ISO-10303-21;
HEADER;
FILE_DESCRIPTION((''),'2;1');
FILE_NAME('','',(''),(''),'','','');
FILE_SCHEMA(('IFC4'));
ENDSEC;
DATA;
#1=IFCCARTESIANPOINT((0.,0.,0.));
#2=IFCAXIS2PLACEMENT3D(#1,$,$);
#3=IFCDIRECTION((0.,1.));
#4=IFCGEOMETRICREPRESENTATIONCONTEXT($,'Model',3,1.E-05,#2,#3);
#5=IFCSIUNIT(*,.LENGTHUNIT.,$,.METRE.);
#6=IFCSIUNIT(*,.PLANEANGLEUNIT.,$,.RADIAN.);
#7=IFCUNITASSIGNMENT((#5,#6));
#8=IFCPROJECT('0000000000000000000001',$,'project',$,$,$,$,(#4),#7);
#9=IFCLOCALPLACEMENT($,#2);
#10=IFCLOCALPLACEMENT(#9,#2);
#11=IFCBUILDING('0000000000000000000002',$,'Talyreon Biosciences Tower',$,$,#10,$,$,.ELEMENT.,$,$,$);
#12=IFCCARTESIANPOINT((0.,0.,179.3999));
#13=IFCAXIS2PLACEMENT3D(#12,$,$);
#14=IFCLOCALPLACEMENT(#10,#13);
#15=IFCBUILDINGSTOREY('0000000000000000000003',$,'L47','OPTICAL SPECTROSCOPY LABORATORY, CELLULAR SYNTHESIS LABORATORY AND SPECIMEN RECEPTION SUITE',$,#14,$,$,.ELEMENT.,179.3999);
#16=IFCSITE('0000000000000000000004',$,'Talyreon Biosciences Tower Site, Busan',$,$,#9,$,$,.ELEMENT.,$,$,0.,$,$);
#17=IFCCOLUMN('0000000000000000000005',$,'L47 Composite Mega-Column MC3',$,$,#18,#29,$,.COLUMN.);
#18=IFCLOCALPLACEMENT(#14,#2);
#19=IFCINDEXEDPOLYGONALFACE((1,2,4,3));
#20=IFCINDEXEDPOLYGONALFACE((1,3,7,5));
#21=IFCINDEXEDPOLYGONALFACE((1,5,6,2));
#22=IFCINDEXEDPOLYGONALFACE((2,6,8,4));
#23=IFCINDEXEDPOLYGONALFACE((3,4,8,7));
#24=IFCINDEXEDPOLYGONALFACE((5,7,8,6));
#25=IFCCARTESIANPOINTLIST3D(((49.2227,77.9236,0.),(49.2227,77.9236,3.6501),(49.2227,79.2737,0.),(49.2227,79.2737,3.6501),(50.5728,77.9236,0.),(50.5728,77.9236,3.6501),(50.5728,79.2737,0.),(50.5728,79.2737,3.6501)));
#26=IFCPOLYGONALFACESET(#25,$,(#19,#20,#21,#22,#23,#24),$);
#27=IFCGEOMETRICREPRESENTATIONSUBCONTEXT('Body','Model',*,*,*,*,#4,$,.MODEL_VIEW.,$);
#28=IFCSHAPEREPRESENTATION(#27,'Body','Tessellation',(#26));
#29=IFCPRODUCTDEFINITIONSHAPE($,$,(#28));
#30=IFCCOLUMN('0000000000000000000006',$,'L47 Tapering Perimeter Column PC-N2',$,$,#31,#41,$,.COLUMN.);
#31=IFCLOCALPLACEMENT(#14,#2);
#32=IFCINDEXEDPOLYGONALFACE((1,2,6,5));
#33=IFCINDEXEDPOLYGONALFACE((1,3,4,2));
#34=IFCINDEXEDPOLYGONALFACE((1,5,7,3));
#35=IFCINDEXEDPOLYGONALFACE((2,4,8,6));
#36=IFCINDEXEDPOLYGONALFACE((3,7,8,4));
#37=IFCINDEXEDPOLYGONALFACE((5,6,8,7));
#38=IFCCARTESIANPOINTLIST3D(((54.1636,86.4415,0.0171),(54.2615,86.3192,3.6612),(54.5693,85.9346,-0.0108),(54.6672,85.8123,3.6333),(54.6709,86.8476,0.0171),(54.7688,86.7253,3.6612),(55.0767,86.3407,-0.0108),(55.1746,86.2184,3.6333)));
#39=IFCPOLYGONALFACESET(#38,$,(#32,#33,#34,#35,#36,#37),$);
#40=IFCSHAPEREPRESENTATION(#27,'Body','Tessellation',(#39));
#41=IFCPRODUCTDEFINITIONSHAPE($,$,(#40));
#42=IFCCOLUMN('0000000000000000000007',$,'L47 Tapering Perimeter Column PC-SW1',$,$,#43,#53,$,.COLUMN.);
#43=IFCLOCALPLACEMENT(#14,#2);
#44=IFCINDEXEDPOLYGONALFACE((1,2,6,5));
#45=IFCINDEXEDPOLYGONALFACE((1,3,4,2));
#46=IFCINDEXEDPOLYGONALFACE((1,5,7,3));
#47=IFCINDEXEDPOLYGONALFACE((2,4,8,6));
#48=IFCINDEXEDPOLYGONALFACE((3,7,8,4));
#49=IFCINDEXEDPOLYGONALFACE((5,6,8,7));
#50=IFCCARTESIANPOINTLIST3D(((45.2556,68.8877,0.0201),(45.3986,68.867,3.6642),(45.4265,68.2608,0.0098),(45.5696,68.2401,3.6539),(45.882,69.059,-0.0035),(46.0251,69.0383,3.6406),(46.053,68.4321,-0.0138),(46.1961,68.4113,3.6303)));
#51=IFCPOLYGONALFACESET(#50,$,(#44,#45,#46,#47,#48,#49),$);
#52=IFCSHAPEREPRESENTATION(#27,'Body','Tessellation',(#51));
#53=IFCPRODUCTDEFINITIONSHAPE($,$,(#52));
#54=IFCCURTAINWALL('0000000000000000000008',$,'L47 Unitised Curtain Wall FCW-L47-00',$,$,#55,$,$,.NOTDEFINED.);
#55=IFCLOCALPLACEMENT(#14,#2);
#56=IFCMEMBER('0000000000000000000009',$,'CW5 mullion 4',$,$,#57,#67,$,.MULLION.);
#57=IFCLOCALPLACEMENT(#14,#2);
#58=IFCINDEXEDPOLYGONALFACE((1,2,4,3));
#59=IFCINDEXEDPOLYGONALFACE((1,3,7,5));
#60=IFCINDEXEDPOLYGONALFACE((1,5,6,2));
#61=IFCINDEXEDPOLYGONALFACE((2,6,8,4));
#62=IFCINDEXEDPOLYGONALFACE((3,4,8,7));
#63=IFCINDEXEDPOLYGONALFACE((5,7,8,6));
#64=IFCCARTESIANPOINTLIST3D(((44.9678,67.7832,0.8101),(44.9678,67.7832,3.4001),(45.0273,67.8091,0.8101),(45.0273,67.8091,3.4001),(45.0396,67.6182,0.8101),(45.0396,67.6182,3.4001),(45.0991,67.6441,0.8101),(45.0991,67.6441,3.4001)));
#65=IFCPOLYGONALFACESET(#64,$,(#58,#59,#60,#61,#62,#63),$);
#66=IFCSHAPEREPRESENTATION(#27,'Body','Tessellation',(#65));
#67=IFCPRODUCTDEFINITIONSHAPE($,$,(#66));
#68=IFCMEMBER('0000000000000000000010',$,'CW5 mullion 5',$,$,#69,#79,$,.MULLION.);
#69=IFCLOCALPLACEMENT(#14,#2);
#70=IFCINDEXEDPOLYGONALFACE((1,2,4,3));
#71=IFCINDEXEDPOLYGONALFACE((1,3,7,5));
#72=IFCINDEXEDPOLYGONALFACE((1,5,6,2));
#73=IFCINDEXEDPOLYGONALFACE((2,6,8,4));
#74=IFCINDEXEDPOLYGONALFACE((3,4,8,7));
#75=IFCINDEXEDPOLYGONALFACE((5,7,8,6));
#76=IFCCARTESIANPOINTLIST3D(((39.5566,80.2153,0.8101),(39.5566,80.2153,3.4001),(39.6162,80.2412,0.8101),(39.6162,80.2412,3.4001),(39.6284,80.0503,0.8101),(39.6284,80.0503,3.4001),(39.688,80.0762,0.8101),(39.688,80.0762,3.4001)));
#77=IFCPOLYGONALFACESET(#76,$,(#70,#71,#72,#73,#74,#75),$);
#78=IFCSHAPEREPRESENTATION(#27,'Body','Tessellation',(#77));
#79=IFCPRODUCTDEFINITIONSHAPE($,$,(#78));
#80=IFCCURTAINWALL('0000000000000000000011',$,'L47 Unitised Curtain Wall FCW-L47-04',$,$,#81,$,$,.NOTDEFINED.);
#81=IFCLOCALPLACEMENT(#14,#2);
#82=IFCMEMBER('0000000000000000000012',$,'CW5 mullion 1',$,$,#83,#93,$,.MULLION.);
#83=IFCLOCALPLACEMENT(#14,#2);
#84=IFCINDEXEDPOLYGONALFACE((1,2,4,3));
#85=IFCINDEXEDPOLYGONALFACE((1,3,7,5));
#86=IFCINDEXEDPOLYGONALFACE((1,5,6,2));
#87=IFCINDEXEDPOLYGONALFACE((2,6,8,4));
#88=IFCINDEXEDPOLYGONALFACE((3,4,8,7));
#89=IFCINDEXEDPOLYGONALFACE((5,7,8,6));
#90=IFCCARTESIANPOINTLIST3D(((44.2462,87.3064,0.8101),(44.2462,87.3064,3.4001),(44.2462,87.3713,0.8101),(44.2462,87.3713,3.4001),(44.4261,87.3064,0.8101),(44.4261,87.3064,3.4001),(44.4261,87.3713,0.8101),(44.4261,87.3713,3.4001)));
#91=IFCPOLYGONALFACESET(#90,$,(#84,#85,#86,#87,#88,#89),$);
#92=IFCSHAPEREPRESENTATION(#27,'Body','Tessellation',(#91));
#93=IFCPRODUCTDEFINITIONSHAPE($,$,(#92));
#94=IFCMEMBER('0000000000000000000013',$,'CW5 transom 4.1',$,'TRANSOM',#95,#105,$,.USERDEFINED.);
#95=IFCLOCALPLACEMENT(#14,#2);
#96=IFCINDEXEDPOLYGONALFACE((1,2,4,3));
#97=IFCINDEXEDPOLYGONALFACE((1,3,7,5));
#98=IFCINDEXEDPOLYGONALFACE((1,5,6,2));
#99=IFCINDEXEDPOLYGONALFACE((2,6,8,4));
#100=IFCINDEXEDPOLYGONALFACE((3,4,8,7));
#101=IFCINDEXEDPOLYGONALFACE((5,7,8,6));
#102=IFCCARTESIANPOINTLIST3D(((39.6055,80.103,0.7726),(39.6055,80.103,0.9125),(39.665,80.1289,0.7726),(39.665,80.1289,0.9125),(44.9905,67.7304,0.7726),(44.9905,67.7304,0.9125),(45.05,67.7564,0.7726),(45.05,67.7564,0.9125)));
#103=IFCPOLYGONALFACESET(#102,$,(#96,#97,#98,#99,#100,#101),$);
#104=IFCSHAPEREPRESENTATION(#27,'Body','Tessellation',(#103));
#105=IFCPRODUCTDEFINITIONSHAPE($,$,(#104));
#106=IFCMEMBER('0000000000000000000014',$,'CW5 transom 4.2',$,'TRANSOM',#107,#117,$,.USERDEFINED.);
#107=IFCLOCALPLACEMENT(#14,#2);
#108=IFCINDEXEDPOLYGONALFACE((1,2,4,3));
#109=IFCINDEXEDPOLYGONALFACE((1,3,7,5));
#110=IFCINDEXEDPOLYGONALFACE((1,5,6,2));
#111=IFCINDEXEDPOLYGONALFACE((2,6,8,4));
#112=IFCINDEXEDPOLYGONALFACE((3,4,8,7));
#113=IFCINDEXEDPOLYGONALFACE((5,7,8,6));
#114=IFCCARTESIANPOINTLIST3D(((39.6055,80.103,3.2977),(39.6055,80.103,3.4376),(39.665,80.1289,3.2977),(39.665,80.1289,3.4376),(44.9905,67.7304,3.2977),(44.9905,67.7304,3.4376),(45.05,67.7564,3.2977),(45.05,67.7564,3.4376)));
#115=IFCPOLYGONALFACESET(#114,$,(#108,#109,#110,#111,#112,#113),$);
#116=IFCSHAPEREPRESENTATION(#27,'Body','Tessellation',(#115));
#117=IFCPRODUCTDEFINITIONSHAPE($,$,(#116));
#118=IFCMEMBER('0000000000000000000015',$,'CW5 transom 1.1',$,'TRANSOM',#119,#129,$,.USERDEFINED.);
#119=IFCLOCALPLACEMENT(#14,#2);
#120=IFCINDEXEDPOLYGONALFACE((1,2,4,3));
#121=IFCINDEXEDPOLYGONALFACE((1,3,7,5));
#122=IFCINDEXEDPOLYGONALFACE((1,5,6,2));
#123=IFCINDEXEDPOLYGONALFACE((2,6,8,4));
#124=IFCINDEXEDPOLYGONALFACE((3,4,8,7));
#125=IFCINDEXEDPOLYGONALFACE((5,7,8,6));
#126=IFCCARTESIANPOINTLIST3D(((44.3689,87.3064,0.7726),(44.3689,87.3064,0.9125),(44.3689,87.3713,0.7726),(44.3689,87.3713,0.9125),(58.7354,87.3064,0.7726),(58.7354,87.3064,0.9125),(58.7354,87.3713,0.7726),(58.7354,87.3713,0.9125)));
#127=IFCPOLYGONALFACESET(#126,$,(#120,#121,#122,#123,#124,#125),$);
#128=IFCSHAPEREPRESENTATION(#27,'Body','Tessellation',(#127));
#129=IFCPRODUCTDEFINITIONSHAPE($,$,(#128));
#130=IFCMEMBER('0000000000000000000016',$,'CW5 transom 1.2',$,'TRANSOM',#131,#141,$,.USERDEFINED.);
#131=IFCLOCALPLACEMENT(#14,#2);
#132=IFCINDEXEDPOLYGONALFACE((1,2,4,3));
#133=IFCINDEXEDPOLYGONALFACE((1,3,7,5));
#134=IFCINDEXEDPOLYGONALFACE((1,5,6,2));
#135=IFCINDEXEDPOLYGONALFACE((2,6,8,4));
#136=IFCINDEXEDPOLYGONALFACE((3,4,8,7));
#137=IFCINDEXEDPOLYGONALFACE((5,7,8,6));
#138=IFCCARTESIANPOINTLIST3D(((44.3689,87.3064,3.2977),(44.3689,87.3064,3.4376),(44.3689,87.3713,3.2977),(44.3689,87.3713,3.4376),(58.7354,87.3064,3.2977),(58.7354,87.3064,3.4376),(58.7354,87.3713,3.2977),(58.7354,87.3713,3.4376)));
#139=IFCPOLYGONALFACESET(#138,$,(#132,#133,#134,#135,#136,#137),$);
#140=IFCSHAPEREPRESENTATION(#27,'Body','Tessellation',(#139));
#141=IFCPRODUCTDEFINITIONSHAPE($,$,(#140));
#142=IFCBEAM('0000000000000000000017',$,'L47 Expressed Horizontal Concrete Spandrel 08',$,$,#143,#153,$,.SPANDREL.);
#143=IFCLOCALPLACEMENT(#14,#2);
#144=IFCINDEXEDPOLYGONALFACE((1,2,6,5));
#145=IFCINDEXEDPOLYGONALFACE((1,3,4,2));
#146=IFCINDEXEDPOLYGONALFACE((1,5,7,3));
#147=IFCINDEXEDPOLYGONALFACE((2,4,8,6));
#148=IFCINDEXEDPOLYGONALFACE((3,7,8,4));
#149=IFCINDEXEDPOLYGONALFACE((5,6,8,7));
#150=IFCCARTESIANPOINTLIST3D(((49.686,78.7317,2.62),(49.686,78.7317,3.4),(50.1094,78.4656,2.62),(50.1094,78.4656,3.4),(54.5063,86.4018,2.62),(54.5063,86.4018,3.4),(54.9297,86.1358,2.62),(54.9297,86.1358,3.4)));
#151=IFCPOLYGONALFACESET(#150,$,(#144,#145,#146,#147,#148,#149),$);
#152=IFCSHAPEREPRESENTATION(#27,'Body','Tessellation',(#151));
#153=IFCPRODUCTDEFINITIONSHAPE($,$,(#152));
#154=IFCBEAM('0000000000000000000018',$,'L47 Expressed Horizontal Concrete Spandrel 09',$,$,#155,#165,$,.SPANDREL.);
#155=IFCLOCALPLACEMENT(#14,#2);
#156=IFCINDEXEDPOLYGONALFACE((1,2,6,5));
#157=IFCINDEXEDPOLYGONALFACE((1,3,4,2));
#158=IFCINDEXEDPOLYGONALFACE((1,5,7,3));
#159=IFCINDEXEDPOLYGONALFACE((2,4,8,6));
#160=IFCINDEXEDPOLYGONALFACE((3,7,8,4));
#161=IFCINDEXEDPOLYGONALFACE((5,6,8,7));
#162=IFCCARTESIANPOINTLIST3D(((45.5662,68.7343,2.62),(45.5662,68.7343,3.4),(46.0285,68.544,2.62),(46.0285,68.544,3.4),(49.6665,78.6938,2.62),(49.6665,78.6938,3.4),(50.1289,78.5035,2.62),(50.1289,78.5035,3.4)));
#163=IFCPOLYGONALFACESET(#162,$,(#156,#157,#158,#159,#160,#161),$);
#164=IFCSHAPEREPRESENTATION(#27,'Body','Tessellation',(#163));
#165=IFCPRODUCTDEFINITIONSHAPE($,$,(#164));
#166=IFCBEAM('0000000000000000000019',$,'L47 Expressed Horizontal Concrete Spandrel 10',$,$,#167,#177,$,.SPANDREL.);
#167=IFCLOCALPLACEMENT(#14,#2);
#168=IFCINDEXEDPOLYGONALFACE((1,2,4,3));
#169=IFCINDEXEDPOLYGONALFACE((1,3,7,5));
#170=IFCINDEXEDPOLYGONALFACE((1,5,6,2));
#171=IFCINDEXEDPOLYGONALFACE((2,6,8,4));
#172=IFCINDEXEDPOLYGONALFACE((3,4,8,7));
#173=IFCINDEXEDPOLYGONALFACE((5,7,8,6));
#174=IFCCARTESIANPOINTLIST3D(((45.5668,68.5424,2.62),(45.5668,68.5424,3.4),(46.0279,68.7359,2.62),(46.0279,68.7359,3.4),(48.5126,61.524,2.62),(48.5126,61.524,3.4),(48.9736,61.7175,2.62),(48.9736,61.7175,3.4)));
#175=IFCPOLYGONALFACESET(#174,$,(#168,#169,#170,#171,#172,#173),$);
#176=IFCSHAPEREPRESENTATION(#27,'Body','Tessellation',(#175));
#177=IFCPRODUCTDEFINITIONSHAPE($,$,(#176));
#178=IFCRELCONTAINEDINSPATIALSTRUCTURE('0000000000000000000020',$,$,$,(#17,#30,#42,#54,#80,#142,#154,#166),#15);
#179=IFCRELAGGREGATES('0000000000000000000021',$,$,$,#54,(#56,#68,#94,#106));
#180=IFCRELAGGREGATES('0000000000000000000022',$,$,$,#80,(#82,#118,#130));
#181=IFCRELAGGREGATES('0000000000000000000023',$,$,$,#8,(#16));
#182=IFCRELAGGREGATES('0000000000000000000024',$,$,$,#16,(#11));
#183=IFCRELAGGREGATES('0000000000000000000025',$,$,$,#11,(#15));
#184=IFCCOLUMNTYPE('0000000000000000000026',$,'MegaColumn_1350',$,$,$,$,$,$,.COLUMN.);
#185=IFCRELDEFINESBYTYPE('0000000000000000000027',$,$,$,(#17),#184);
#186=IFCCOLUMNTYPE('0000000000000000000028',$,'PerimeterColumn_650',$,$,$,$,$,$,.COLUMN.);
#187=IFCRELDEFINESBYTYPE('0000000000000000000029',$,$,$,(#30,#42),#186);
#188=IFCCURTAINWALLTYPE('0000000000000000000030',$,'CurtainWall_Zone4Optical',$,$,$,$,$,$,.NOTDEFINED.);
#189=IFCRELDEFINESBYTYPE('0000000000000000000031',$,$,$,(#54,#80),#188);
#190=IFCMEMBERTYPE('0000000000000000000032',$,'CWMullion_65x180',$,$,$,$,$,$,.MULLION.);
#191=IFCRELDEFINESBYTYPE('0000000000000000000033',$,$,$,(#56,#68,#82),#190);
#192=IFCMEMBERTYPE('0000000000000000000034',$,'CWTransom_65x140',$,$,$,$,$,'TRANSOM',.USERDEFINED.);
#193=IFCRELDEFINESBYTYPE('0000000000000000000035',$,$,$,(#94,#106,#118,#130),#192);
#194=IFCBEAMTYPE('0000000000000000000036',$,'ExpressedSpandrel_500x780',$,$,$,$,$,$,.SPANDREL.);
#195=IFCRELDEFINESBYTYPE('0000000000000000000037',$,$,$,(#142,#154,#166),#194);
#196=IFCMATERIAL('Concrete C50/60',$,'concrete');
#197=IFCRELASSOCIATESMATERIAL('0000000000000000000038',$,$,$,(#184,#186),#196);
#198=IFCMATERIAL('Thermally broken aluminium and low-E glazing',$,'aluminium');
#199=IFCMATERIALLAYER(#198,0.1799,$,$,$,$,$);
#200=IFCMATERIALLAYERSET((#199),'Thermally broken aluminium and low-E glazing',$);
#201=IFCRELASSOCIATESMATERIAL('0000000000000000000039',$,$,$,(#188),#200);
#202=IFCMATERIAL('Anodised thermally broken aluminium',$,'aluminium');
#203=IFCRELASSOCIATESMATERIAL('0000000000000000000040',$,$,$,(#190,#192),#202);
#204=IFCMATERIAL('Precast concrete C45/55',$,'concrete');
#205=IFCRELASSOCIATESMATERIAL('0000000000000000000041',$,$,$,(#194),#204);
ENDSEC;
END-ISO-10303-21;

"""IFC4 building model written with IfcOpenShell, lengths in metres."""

from ifc_helpers import new_model, si_unit, direction, frame, origin, origin_2d, place, context, subcontext, project, spatial, rectangle, extrude, material, layer, layer_set, material_profile, profile_set, type_object, element, aggregate, save


model = new_model("IFC4")

# Units and contexts
model_context = context("Model", 3, precision=1e-05, world=origin(), true_north=direction((0.0, 1.0)))
body_context = subcontext(model_context, "Body", "Model", "MODEL_VIEW")
ifc_project = project(units=[si_unit("LENGTHUNIT", "METRE"), si_unit("PLANEANGLEUNIT", "RADIAN")], contexts=[model_context])

# Site, building, storey
site_placement = place(None, origin())
site = spatial("IfcSite", under=ifc_project, at=site_placement, Name="Talyreon Biosciences Tower Site, Busan", CompositionType="ELEMENT", RefElevation=0.0)
building_placement = place(site_placement, origin())
building = spatial("IfcBuilding", under=site, at=building_placement, Name="Talyreon Biosciences Tower", CompositionType="ELEMENT")
storey_placement = place(building_placement, frame((0.0, 0.0, 179.3999)))
storey = spatial("IfcBuildingStorey", under=building, at=storey_placement, Name="L47", Description="OPTICAL SPECTROSCOPY LABORATORY, CELLULAR SYNTHESIS LABORATORY AND SPECIMEN RECEPTION SUITE", CompositionType="ELEMENT", Elevation=179.3999)

# Columns
ifc_material_1 = material(Name="Concrete C50/60", Category="concrete")
ifc_material_profile_1 = material_profile(ifc_material_1, rectangle(XDim=1.3501, YDim=1.3501, at=origin_2d()), Name="RC 1350x1350")
ifc_profile_set_1 = profile_set([ifc_material_profile_1], Name="Concrete C50/60")
column_type_1 = type_object("IfcColumnType", Name="MegaColumn_1350", PredefinedType="COLUMN", material=ifc_profile_set_1)
column_1_placement = place(storey_placement, frame((49.8977, 78.5986, 0.0), z_axis=(0.0, 0.0, 1.0), x_axis=(1.0, 0.0, 0.0)))
element("IfcColumn", 1, at=column_1_placement, inside=storey, type_object=column_type_1, Name="L47 Composite Mega-Column MC3", PredefinedType="COLUMN", context=body_context, shape_type="SweptSolid", body=[
    extrude(rectangle(XDim=1.3501, YDim=1.3501, at=origin_2d()), origin(), (0.0, 0.0, 1.0), 3.6501),
])
ifc_material_profile_2 = material_profile(ifc_material_1, rectangle(XDim=0.6499, YDim=0.6499, at=origin_2d()), Name="RC 650x650")
ifc_profile_set_2 = profile_set([ifc_material_profile_2], Name="Concrete C50/60")
column_type_2 = type_object("IfcColumnType", Name="PerimeterColumn_650", PredefinedType="COLUMN", material=ifc_profile_set_2)
column_2_placement = place(storey_placement, frame((54.6201, 86.3911, 0.0032), z_axis=(0.026841, -0.033535, 0.999077), x_axis=(-0.780717, -0.624885, 0.0)))
element("IfcColumn", 2, at=column_2_placement, inside=storey, type_object=column_type_2, Name="L47 Tapering Perimeter Column PC-N2", PredefinedType="COLUMN", context=body_context, shape_type="SweptSolid", body=[
    extrude(rectangle(XDim=0.6499, YDim=0.6499, at=origin_2d()), origin(), (0.0, 0.0, 1.0), 3.6475),
])
column_3_placement = place(storey_placement, frame((45.6543, 68.6599, 0.0032), z_axis=(0.039229, -0.00569, 0.999214), x_axis=(0.96397, 0.263518, -0.036345)))
element("IfcColumn", 3, at=column_3_placement, inside=storey, type_object=column_type_2, Name="L47 Tapering Perimeter Column PC-SW1", PredefinedType="COLUMN", context=body_context, shape_type="SweptSolid", body=[
    extrude(rectangle(XDim=0.6499, YDim=0.6499, at=origin_2d()), origin(), (0.0, 0.0, 1.0), 3.647),
])

# Curtain wall, members
ifc_material_2 = material(Name="Thermally broken aluminium and low-E glazing", Category="aluminium")
ifc_layer_1 = layer(ifc_material_2, 0.1799)
ifc_layer_set_1 = layer_set([ifc_layer_1], Name="Thermally broken aluminium and low-E glazing")
curtain_wall_type = type_object("IfcCurtainWallType", Name="CurtainWall_Zone4Optical", PredefinedType="NOTDEFINED", material=ifc_layer_set_1)
curtain_wall_1_placement = place(storey_placement, origin())
curtain_wall_1 = element("IfcCurtainWall", 4, at=curtain_wall_1_placement, inside=storey, type_object=curtain_wall_type, Name="L47 Unitised Curtain Wall FCW-L47-00", PredefinedType="NOTDEFINED")
ifc_material_3 = material(Name="Anodised thermally broken aluminium", Category="aluminium")
ifc_material_profile_3 = material_profile(ifc_material_3, rectangle(XDim=0.0649, YDim=0.1799, at=origin_2d()), Name="ALUM MULLION 65x180")
ifc_profile_set_3 = profile_set([ifc_material_profile_3], Name="Anodised thermally broken aluminium")
member_type_1 = type_object("IfcMemberType", Name="CWMullion_65x180", PredefinedType="MULLION", material=ifc_profile_set_3)
member_1_placement = place(storey_placement, frame((45.0334, 67.7136, 0.8101), z_axis=(0.0, 0.0, 1.0), x_axis=(-0.916912, -0.399089, 0.0)))
member_1 = element("IfcMember", 5, at=member_1_placement, type_object=member_type_1, Name="CW5 mullion 4", PredefinedType="MULLION", context=body_context, shape_type="SweptSolid", body=[
    extrude(rectangle(XDim=0.0649, YDim=0.1799, at=origin_2d()), origin(), (0.0, 0.0, 1.0), 2.5901),
])
member_2_placement = place(storey_placement, frame((39.6223, 80.1458, 0.8101), z_axis=(0.0, 0.0, 1.0), x_axis=(-0.916912, -0.399089, 0.0)))
member_2 = element("IfcMember", 6, at=member_2_placement, type_object=member_type_1, Name="CW5 mullion 5", PredefinedType="MULLION", context=body_context, shape_type="SweptSolid", body=[
    extrude(rectangle(XDim=0.0649, YDim=0.1799, at=origin_2d()), origin(), (0.0, 0.0, 1.0), 2.5901),
])

# Curtain wall, member
curtain_wall_2_placement = place(storey_placement, origin())
curtain_wall_2 = element("IfcCurtainWall", 7, at=curtain_wall_2_placement, inside=storey, type_object=curtain_wall_type, Name="L47 Unitised Curtain Wall FCW-L47-04", PredefinedType="NOTDEFINED")
member_3_placement = place(storey_placement, frame((44.3362, 87.3389, 0.8101), z_axis=(0.0, 0.0, 1.0), x_axis=(0.0, 1.0, 0.0)))
member_3 = element("IfcMember", 8, at=member_3_placement, type_object=member_type_1, Name="CW5 mullion 1", PredefinedType="MULLION", context=body_context, shape_type="SweptSolid", body=[
    extrude(rectangle(XDim=0.0649, YDim=0.1799, at=origin_2d()), origin(), (0.0, 0.0, 1.0), 2.5901),
])

# Members
ifc_material_profile_4 = material_profile(ifc_material_3, rectangle(XDim=0.0649, YDim=0.1399, at=origin_2d()), Name="ALUM TRANSOM 65x140")
ifc_profile_set_4 = profile_set([ifc_material_profile_4], Name="Anodised thermally broken aluminium")
member_type_2 = type_object("IfcMemberType", Name="CWTransom_65x140", ElementType="TRANSOM", PredefinedType="USERDEFINED", material=ifc_profile_set_4)
member_4_placement = place(storey_placement, frame((45.0203, 67.7434, 0.8425), z_axis=(-0.399077, 0.916917, 0.0), x_axis=(-0.916917, -0.399077, 0.0)))
member_4 = element("IfcMember", 9, at=member_4_placement, type_object=member_type_2, Name="CW5 transom 4.1", ObjectType="TRANSOM", PredefinedType="USERDEFINED", context=body_context, shape_type="SweptSolid", body=[
    extrude(rectangle(XDim=0.0649, YDim=0.1399, at=origin_2d()), origin(), (0.0, 0.0, 1.0), 13.4937),
])
member_5_placement = place(storey_placement, frame((45.0203, 67.7434, 3.3677), z_axis=(-0.399077, 0.916917, 0.0), x_axis=(-0.916917, -0.399077, 0.0)))
member_5 = element("IfcMember", 10, at=member_5_placement, type_object=member_type_2, Name="CW5 transom 4.2", ObjectType="TRANSOM", PredefinedType="USERDEFINED", context=body_context, shape_type="SweptSolid", body=[
    extrude(rectangle(XDim=0.0649, YDim=0.1399, at=origin_2d()), origin(), (0.0, 0.0, 1.0), 13.4937),
])
member_6_placement = place(storey_placement, frame((44.3689, 87.3389, 0.8425), z_axis=(1.0, 0.0, 0.0), x_axis=(0.0, 1.0, 0.0)))
member_6 = element("IfcMember", 11, at=member_6_placement, type_object=member_type_2, Name="CW5 transom 1.1", ObjectType="TRANSOM", PredefinedType="USERDEFINED", context=body_context, shape_type="SweptSolid", body=[
    extrude(rectangle(XDim=0.0649, YDim=0.1399, at=origin_2d()), origin(), (0.0, 0.0, 1.0), 14.3665),
])
member_7_placement = place(storey_placement, frame((44.3689, 87.3389, 3.3677), z_axis=(1.0, 0.0, 0.0), x_axis=(0.0, 1.0, 0.0)))
member_7 = element("IfcMember", 12, at=member_7_placement, type_object=member_type_2, Name="CW5 transom 1.2", ObjectType="TRANSOM", PredefinedType="USERDEFINED", context=body_context, shape_type="SweptSolid", body=[
    extrude(rectangle(XDim=0.0649, YDim=0.1399, at=origin_2d()), origin(), (0.0, 0.0, 1.0), 14.3665),
])

# Beams
ifc_material_4 = material(Name="Precast concrete C45/55", Category="concrete")
ifc_material_profile_5 = material_profile(ifc_material_4, rectangle(XDim=0.5, YDim=0.78, at=origin_2d()), Name="RCB 500x780")
ifc_profile_set_5 = profile_set([ifc_material_profile_5], Name="Precast concrete C45/55")
beam_type_1 = type_object("IfcBeamType", Name="ExpressedSpandrel_500x780", PredefinedType="SPANDREL", material=ifc_profile_set_5)
beam_1_placement = place(storey_placement, frame((54.718, 86.2688, 3.01), z_axis=(-0.532098, -0.846683, 0.0), x_axis=(0.846683, -0.532098, 0.0)))
element("IfcBeam", 13, at=beam_1_placement, inside=storey, type_object=beam_type_1, Name="L47 Expressed Horizontal Concrete Spandrel 08", PredefinedType="SPANDREL", context=body_context, shape_type="SweptSolid", body=[
    extrude(rectangle(XDim=0.5, YDim=0.78, at=origin_2d()), origin(), (0.0, 0.0, 1.0), 9.0591),
])
beam_2_placement = place(storey_placement, frame((49.8977, 78.5986, 3.01), z_axis=(-0.380701, -0.924698, 0.0), x_axis=(0.924698, -0.380701, 0.0)))
element("IfcBeam", 14, at=beam_2_placement, inside=storey, type_object=beam_type_1, Name="L47 Expressed Horizontal Concrete Spandrel 09", PredefinedType="SPANDREL", context=body_context, shape_type="SweptSolid", body=[
    extrude(rectangle(XDim=0.5, YDim=0.78, at=origin_2d()), origin(), (0.0, 0.0, 1.0), 10.7705),
])
beam_3_placement = place(storey_placement, frame((45.7974, 68.6392, 3.01), z_axis=(0.38701, -0.922076, 0.0), x_axis=(0.922076, 0.38701, 0.0)))
element("IfcBeam", 15, at=beam_3_placement, inside=storey, type_object=beam_type_1, Name="L47 Expressed Horizontal Concrete Spandrel 10", PredefinedType="SPANDREL", context=body_context, shape_type="SweptSolid", body=[
    extrude(rectangle(XDim=0.5, YDim=0.78, at=origin_2d()), origin(), (0.0, 0.0, 1.0), 7.6116),
])

aggregate(curtain_wall_1, [member_1, member_2, member_4, member_5])
aggregate(curtain_wall_2, [member_3, member_6, member_7])

save(model, "model.ifc")
